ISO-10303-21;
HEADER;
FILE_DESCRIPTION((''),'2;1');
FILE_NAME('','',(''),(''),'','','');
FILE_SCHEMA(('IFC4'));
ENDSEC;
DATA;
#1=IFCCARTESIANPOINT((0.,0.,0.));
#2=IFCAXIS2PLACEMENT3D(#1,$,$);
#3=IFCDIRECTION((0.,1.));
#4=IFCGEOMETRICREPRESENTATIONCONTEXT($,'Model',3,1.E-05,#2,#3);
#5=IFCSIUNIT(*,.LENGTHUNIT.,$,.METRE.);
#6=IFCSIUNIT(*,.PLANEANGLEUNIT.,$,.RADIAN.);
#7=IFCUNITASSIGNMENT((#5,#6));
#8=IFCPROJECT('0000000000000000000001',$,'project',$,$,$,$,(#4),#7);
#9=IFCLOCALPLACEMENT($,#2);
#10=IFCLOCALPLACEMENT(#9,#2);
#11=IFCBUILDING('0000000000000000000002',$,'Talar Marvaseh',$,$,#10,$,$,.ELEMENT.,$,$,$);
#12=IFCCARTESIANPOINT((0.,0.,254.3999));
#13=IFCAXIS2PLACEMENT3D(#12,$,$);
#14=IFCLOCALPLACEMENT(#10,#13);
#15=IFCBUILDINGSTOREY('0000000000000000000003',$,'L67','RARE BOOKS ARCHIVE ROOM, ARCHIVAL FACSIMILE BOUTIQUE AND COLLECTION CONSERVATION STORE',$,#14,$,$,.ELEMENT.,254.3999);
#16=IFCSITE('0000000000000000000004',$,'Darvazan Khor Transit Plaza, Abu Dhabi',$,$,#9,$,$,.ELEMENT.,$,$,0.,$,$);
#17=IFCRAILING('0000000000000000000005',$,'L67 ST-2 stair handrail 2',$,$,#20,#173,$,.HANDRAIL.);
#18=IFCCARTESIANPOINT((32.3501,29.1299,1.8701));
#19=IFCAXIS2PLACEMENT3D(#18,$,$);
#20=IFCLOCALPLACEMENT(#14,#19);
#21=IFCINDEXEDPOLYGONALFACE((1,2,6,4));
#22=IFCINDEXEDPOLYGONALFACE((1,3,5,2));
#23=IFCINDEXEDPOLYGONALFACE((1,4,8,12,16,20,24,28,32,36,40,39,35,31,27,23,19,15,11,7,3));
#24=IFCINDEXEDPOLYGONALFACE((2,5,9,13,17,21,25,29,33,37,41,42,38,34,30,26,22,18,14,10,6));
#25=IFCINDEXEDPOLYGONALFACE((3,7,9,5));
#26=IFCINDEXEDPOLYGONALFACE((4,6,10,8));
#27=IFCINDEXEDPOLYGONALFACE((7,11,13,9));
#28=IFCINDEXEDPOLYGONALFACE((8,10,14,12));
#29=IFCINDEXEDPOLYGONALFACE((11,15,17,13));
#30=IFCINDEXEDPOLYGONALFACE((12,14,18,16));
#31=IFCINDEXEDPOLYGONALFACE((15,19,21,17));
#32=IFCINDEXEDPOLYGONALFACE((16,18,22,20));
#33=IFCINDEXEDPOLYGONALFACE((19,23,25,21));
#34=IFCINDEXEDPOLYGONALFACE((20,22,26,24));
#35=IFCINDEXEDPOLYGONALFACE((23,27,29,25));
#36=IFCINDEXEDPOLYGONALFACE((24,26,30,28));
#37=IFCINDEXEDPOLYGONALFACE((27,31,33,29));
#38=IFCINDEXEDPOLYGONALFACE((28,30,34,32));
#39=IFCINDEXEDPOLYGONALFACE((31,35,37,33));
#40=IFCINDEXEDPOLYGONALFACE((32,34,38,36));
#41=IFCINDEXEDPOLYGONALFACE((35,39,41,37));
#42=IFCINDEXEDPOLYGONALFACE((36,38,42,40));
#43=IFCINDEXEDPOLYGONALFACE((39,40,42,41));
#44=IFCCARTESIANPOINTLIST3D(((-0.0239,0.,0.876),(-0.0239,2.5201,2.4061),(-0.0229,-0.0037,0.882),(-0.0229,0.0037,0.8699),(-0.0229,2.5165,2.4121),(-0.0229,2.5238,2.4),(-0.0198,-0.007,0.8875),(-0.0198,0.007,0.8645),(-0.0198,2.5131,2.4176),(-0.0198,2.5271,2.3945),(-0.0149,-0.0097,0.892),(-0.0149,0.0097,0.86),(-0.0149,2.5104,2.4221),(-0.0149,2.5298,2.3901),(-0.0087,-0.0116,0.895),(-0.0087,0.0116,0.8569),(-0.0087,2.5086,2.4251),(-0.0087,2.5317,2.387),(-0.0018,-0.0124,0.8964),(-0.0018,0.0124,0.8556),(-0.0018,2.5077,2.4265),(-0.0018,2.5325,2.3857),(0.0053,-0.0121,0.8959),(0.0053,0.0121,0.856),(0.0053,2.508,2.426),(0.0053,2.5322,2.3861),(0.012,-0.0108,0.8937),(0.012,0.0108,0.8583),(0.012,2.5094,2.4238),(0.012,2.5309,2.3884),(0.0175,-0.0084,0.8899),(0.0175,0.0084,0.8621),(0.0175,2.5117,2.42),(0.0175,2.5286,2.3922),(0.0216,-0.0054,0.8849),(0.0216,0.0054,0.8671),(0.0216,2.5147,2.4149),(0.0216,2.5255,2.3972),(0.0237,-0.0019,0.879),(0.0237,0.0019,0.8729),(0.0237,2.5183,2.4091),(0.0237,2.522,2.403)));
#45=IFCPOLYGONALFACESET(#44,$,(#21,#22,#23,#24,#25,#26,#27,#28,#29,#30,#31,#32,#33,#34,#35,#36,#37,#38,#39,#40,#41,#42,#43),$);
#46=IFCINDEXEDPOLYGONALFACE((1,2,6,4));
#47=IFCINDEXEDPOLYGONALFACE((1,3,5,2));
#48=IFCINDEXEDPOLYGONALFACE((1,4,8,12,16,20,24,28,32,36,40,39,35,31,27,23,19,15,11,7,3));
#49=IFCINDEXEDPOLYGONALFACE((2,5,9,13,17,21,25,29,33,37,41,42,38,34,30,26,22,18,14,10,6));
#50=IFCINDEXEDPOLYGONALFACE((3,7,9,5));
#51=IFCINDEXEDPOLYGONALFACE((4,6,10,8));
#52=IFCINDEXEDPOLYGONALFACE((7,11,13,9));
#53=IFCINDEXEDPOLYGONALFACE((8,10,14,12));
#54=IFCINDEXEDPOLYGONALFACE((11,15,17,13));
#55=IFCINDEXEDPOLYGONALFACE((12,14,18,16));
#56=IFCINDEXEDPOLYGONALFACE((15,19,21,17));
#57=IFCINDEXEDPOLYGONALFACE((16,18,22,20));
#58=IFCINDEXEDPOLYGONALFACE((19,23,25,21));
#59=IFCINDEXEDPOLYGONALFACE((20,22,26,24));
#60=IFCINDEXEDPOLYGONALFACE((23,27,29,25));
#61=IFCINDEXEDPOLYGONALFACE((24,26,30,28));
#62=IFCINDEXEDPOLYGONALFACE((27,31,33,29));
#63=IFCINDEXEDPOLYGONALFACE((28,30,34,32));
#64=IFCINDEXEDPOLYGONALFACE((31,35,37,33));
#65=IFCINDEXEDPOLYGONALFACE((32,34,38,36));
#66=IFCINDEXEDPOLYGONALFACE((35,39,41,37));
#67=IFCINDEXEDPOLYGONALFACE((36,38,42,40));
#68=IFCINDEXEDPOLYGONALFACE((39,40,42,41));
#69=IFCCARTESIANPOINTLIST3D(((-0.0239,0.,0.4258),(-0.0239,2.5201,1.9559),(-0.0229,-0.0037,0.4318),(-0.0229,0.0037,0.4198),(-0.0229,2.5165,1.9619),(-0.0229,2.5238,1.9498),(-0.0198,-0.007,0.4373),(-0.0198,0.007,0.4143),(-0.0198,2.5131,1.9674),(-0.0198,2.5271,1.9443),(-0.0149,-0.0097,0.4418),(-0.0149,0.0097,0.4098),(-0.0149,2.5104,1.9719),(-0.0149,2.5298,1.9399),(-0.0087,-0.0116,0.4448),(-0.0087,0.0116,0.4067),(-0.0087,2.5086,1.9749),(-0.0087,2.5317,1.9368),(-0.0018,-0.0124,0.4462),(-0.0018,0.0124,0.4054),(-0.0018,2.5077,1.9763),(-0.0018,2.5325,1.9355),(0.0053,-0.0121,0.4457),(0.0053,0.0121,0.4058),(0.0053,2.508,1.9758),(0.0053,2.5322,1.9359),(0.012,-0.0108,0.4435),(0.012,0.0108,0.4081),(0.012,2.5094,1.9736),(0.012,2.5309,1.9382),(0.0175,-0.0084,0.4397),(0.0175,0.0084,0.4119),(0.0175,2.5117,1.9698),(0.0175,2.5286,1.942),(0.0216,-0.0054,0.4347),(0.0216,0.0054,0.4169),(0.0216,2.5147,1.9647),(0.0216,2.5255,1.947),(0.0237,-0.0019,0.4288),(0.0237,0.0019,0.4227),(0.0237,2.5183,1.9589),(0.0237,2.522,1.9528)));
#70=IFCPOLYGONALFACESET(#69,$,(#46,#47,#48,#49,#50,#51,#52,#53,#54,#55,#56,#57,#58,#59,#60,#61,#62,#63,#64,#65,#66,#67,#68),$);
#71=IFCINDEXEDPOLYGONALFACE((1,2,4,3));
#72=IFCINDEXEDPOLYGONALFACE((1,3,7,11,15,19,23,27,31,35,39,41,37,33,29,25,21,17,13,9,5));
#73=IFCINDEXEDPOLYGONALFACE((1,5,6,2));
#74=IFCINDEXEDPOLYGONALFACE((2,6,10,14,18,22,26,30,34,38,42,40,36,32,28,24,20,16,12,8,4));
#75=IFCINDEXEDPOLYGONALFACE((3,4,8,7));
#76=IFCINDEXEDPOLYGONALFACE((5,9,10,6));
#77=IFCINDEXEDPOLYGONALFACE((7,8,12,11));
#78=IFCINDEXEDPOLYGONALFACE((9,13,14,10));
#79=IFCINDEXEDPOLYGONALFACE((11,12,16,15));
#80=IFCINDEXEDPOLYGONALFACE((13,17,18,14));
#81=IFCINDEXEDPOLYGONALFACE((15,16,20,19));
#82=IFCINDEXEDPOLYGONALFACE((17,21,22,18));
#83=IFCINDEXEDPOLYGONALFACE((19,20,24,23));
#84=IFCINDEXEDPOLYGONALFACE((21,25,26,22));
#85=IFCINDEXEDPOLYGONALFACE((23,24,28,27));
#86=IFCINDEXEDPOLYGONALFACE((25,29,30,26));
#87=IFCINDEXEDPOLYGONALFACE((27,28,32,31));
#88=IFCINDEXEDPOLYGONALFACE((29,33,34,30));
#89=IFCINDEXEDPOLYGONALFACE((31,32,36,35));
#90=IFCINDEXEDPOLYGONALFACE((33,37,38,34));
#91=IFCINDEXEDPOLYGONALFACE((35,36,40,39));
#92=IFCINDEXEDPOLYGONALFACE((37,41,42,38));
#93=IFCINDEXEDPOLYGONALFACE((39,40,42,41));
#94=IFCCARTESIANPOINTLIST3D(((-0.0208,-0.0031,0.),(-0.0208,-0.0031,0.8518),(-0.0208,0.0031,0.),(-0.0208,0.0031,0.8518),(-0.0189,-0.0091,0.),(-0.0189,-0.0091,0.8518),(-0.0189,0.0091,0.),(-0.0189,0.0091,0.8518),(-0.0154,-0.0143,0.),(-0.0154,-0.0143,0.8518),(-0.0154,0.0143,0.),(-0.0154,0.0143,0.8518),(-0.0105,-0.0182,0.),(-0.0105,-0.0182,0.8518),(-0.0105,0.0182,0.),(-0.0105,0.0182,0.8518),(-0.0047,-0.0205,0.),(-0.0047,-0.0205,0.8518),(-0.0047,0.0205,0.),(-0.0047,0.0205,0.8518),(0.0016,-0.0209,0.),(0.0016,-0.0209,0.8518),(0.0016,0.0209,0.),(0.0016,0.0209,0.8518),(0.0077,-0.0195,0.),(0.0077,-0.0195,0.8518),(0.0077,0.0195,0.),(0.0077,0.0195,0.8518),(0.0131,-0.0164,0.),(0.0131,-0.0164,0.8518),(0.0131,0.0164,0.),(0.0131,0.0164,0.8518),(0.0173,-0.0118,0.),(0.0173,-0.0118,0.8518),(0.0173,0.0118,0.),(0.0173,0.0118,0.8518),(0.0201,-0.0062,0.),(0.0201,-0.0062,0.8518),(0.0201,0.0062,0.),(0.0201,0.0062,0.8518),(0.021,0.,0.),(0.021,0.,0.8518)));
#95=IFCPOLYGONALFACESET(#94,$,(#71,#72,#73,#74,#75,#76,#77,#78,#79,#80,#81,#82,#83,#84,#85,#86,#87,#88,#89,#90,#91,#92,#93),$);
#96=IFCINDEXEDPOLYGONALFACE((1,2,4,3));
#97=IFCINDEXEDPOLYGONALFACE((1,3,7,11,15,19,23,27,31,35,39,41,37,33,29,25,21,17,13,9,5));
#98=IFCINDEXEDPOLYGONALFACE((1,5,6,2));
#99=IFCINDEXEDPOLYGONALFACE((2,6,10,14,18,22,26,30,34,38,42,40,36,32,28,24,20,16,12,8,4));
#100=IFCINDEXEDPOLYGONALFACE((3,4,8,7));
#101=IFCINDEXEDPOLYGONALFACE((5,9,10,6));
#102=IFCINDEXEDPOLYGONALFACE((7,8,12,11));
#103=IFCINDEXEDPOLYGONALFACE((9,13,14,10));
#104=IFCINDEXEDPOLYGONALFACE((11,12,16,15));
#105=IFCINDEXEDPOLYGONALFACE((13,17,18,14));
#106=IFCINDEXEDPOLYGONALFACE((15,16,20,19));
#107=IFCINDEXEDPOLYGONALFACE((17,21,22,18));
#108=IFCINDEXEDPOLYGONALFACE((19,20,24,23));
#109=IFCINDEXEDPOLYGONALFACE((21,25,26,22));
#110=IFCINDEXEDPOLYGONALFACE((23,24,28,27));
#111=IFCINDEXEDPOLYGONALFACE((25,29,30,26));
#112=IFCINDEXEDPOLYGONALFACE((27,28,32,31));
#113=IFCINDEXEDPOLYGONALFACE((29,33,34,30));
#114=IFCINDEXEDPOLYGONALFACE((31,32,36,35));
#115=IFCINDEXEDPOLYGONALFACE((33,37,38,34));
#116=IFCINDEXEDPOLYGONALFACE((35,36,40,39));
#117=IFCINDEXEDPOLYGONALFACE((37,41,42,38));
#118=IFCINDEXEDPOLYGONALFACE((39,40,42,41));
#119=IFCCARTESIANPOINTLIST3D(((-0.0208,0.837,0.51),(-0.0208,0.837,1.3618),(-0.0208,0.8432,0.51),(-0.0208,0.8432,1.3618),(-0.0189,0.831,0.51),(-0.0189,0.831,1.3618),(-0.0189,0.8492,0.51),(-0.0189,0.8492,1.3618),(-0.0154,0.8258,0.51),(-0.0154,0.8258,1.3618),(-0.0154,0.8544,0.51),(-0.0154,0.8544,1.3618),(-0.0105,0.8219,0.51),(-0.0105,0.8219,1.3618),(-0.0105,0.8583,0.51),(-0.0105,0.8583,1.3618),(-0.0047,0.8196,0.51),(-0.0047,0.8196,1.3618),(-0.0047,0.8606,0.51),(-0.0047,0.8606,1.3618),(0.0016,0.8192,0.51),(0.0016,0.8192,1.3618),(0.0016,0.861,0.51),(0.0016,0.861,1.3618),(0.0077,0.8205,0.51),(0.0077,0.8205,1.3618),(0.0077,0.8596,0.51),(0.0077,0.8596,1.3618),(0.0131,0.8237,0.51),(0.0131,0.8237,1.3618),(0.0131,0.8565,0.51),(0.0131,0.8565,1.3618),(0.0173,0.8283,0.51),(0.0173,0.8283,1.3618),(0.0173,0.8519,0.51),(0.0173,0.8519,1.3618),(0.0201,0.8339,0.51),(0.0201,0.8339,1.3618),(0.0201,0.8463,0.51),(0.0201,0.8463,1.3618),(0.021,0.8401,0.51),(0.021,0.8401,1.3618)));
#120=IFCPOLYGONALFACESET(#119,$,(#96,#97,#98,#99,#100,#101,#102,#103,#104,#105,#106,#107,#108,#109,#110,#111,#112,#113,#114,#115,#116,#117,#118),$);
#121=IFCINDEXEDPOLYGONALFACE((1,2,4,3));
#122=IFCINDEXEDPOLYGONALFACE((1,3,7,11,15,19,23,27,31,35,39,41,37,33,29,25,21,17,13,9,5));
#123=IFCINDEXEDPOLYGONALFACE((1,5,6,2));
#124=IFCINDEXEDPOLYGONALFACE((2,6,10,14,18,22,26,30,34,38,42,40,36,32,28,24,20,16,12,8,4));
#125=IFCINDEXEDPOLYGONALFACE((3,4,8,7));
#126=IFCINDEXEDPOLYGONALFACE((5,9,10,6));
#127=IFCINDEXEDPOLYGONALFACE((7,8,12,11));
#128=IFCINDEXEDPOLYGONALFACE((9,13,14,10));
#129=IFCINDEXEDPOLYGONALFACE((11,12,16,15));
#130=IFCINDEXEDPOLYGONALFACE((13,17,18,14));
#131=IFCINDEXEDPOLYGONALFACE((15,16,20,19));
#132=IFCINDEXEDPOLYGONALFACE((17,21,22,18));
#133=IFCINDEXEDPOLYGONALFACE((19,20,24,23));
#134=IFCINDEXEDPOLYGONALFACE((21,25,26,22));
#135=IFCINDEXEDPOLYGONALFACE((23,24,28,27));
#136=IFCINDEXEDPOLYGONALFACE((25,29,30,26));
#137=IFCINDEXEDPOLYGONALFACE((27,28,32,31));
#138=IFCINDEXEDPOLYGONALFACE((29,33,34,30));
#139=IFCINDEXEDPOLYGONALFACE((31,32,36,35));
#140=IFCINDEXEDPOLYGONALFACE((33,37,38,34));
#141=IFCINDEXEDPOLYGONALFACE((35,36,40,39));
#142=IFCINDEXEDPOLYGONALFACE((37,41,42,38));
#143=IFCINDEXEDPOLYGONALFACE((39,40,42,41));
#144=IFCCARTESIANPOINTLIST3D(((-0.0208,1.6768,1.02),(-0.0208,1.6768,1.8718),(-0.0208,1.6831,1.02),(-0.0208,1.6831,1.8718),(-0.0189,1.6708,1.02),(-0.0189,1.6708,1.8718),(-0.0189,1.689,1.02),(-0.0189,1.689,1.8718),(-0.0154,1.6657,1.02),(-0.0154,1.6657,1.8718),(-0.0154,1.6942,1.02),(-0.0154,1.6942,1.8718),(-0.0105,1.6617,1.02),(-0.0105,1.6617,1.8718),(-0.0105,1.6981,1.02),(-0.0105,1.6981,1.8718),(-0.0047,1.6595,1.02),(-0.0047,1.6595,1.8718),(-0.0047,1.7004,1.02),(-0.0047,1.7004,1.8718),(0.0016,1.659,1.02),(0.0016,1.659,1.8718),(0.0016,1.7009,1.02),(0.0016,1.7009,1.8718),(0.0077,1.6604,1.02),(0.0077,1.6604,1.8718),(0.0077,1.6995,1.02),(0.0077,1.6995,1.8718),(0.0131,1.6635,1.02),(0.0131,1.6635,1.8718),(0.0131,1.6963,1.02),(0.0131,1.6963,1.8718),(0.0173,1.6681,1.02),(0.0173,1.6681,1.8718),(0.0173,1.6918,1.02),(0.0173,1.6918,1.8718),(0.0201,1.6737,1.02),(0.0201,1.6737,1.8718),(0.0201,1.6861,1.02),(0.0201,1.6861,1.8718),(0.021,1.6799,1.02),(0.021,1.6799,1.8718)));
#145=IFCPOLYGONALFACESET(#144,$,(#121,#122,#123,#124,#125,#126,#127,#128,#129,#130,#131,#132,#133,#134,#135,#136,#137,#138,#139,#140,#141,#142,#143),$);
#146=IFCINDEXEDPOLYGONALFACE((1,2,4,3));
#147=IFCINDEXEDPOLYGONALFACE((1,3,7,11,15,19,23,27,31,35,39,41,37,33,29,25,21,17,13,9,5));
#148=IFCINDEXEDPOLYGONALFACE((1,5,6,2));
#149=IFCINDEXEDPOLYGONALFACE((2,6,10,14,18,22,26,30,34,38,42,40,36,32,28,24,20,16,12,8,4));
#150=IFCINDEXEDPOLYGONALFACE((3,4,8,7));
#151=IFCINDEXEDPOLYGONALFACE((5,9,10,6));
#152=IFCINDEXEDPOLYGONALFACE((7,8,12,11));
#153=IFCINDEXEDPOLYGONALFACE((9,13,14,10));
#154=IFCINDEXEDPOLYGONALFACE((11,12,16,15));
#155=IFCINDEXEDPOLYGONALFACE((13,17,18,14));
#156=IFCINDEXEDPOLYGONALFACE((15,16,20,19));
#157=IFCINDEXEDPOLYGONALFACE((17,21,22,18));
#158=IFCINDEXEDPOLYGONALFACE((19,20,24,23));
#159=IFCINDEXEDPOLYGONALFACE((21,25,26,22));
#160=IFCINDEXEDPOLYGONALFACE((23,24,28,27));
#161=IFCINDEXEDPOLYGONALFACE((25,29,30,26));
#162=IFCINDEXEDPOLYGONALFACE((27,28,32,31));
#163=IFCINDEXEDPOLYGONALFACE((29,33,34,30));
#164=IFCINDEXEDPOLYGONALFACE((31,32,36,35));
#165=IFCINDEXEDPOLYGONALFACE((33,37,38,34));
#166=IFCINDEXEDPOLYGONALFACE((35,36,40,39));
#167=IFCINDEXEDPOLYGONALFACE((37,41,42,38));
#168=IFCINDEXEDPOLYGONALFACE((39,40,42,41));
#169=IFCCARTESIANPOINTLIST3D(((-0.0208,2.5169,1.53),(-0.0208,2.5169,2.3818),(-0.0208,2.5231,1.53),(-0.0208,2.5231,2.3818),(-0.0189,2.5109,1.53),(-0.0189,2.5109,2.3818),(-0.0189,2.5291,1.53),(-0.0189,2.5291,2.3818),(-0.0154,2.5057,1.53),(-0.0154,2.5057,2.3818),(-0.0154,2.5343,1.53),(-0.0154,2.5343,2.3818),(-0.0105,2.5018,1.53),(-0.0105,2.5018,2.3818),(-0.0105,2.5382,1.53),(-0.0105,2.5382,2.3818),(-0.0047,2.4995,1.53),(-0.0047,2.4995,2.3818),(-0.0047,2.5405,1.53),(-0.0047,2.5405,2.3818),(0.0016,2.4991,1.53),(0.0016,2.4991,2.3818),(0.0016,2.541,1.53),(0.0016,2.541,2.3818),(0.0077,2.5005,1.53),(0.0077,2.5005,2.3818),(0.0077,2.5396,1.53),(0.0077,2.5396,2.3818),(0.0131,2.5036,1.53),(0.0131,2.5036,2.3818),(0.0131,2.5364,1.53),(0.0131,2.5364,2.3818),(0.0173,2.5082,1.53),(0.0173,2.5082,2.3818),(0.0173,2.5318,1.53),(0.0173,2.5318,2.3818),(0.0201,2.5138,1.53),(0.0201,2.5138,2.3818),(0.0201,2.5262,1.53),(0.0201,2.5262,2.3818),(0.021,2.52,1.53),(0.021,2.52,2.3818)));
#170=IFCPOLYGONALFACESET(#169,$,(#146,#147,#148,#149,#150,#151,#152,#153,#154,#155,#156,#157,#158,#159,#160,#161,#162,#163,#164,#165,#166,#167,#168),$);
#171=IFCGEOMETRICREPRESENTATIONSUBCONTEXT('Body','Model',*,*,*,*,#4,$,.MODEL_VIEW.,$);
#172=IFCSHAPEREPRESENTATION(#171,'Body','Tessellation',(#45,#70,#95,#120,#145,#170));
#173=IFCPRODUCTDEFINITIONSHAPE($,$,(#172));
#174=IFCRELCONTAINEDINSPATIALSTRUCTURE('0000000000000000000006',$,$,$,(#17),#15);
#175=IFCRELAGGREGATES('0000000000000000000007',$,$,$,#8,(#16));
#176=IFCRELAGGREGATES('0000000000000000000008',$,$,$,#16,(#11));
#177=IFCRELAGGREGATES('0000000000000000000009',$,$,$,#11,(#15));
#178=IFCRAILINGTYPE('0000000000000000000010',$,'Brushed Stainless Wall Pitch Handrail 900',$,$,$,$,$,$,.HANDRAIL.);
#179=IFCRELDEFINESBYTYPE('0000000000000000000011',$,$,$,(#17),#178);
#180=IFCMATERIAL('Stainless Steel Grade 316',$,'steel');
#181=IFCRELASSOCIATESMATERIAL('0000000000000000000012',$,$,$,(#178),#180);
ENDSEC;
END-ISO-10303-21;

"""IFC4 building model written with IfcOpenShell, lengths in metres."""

from ifc_helpers import new_model, si_unit, direction, frame, origin, origin_2d, place, context, subcontext, project, spatial, circle, extrude, material, type_object, element, save


model = new_model("IFC4")

# Units and contexts
model_context = context("Model", 3, precision=1e-05, world=origin(), true_north=direction((0.0, 1.0)))
body_context = subcontext(model_context, "Body", "Model", "MODEL_VIEW")
ifc_project = project(units=[si_unit("LENGTHUNIT", "METRE"), si_unit("PLANEANGLEUNIT", "RADIAN")], contexts=[model_context])

# Site, building, storey
site_placement = place(None, origin())
site = spatial("IfcSite", under=ifc_project, at=site_placement, Name="Darvazan Khor Transit Plaza, Abu Dhabi", CompositionType="ELEMENT", RefElevation=0.0)
building_placement = place(site_placement, origin())
building = spatial("IfcBuilding", under=site, at=building_placement, Name="Talar Marvaseh", CompositionType="ELEMENT")
storey_placement = place(building_placement, frame((0.0, 0.0, 254.3999)))
storey = spatial("IfcBuildingStorey", under=building, at=storey_placement, Name="L67", Description="RARE BOOKS ARCHIVE ROOM, ARCHIVAL FACSIMILE BOUTIQUE AND COLLECTION CONSERVATION STORE", CompositionType="ELEMENT", Elevation=254.3999)

# Railing
ifc_material_1 = material(Name="Stainless Steel Grade 316", Category="steel")
railing_type = type_object("IfcRailingType", Name="Brushed Stainless Wall Pitch Handrail 900", PredefinedType="HANDRAIL", material=ifc_material_1)
railing_placement = place(storey_placement, frame((32.3501, 29.1299, 1.8701)))
element("IfcRailing", 1, at=railing_placement, inside=storey, type_object=railing_type, Name="L67 ST-2 stair handrail 2", PredefinedType="HANDRAIL", context=body_context, shape_type="SweptSolid", body=[
    extrude(circle(Radius=0.0239, at=origin_2d()), frame((0.0, 0.0, 0.876), z_axis=(0.0, 0.854785, 0.518982), x_axis=(-1.0, 0.0, 0.0)), (0.0, 0.0, 1.0), 2.9482),
    extrude(circle(Radius=0.0239, at=origin_2d()), frame((0.0, 0.0, 0.4258), z_axis=(0.0, 0.854785, 0.518982), x_axis=(-1.0, 0.0, 0.0)), (0.0, 0.0, 1.0), 2.9482),
    extrude(circle(Radius=0.021, at=origin_2d()), origin(), (0.0, 0.0, 1.0), 0.8518),
    extrude(circle(Radius=0.021, at=origin_2d()), frame((0.0, 0.8401, 0.51)), (0.0, 0.0, 1.0), 0.8518),
    extrude(circle(Radius=0.021, at=origin_2d()), frame((0.0, 1.6799, 1.02)), (0.0, 0.0, 1.0), 0.8518),
    extrude(circle(Radius=0.021, at=origin_2d()), frame((0.0, 2.52, 1.53)), (0.0, 0.0, 1.0), 0.8518),
])

save(model, "model.ifc")
